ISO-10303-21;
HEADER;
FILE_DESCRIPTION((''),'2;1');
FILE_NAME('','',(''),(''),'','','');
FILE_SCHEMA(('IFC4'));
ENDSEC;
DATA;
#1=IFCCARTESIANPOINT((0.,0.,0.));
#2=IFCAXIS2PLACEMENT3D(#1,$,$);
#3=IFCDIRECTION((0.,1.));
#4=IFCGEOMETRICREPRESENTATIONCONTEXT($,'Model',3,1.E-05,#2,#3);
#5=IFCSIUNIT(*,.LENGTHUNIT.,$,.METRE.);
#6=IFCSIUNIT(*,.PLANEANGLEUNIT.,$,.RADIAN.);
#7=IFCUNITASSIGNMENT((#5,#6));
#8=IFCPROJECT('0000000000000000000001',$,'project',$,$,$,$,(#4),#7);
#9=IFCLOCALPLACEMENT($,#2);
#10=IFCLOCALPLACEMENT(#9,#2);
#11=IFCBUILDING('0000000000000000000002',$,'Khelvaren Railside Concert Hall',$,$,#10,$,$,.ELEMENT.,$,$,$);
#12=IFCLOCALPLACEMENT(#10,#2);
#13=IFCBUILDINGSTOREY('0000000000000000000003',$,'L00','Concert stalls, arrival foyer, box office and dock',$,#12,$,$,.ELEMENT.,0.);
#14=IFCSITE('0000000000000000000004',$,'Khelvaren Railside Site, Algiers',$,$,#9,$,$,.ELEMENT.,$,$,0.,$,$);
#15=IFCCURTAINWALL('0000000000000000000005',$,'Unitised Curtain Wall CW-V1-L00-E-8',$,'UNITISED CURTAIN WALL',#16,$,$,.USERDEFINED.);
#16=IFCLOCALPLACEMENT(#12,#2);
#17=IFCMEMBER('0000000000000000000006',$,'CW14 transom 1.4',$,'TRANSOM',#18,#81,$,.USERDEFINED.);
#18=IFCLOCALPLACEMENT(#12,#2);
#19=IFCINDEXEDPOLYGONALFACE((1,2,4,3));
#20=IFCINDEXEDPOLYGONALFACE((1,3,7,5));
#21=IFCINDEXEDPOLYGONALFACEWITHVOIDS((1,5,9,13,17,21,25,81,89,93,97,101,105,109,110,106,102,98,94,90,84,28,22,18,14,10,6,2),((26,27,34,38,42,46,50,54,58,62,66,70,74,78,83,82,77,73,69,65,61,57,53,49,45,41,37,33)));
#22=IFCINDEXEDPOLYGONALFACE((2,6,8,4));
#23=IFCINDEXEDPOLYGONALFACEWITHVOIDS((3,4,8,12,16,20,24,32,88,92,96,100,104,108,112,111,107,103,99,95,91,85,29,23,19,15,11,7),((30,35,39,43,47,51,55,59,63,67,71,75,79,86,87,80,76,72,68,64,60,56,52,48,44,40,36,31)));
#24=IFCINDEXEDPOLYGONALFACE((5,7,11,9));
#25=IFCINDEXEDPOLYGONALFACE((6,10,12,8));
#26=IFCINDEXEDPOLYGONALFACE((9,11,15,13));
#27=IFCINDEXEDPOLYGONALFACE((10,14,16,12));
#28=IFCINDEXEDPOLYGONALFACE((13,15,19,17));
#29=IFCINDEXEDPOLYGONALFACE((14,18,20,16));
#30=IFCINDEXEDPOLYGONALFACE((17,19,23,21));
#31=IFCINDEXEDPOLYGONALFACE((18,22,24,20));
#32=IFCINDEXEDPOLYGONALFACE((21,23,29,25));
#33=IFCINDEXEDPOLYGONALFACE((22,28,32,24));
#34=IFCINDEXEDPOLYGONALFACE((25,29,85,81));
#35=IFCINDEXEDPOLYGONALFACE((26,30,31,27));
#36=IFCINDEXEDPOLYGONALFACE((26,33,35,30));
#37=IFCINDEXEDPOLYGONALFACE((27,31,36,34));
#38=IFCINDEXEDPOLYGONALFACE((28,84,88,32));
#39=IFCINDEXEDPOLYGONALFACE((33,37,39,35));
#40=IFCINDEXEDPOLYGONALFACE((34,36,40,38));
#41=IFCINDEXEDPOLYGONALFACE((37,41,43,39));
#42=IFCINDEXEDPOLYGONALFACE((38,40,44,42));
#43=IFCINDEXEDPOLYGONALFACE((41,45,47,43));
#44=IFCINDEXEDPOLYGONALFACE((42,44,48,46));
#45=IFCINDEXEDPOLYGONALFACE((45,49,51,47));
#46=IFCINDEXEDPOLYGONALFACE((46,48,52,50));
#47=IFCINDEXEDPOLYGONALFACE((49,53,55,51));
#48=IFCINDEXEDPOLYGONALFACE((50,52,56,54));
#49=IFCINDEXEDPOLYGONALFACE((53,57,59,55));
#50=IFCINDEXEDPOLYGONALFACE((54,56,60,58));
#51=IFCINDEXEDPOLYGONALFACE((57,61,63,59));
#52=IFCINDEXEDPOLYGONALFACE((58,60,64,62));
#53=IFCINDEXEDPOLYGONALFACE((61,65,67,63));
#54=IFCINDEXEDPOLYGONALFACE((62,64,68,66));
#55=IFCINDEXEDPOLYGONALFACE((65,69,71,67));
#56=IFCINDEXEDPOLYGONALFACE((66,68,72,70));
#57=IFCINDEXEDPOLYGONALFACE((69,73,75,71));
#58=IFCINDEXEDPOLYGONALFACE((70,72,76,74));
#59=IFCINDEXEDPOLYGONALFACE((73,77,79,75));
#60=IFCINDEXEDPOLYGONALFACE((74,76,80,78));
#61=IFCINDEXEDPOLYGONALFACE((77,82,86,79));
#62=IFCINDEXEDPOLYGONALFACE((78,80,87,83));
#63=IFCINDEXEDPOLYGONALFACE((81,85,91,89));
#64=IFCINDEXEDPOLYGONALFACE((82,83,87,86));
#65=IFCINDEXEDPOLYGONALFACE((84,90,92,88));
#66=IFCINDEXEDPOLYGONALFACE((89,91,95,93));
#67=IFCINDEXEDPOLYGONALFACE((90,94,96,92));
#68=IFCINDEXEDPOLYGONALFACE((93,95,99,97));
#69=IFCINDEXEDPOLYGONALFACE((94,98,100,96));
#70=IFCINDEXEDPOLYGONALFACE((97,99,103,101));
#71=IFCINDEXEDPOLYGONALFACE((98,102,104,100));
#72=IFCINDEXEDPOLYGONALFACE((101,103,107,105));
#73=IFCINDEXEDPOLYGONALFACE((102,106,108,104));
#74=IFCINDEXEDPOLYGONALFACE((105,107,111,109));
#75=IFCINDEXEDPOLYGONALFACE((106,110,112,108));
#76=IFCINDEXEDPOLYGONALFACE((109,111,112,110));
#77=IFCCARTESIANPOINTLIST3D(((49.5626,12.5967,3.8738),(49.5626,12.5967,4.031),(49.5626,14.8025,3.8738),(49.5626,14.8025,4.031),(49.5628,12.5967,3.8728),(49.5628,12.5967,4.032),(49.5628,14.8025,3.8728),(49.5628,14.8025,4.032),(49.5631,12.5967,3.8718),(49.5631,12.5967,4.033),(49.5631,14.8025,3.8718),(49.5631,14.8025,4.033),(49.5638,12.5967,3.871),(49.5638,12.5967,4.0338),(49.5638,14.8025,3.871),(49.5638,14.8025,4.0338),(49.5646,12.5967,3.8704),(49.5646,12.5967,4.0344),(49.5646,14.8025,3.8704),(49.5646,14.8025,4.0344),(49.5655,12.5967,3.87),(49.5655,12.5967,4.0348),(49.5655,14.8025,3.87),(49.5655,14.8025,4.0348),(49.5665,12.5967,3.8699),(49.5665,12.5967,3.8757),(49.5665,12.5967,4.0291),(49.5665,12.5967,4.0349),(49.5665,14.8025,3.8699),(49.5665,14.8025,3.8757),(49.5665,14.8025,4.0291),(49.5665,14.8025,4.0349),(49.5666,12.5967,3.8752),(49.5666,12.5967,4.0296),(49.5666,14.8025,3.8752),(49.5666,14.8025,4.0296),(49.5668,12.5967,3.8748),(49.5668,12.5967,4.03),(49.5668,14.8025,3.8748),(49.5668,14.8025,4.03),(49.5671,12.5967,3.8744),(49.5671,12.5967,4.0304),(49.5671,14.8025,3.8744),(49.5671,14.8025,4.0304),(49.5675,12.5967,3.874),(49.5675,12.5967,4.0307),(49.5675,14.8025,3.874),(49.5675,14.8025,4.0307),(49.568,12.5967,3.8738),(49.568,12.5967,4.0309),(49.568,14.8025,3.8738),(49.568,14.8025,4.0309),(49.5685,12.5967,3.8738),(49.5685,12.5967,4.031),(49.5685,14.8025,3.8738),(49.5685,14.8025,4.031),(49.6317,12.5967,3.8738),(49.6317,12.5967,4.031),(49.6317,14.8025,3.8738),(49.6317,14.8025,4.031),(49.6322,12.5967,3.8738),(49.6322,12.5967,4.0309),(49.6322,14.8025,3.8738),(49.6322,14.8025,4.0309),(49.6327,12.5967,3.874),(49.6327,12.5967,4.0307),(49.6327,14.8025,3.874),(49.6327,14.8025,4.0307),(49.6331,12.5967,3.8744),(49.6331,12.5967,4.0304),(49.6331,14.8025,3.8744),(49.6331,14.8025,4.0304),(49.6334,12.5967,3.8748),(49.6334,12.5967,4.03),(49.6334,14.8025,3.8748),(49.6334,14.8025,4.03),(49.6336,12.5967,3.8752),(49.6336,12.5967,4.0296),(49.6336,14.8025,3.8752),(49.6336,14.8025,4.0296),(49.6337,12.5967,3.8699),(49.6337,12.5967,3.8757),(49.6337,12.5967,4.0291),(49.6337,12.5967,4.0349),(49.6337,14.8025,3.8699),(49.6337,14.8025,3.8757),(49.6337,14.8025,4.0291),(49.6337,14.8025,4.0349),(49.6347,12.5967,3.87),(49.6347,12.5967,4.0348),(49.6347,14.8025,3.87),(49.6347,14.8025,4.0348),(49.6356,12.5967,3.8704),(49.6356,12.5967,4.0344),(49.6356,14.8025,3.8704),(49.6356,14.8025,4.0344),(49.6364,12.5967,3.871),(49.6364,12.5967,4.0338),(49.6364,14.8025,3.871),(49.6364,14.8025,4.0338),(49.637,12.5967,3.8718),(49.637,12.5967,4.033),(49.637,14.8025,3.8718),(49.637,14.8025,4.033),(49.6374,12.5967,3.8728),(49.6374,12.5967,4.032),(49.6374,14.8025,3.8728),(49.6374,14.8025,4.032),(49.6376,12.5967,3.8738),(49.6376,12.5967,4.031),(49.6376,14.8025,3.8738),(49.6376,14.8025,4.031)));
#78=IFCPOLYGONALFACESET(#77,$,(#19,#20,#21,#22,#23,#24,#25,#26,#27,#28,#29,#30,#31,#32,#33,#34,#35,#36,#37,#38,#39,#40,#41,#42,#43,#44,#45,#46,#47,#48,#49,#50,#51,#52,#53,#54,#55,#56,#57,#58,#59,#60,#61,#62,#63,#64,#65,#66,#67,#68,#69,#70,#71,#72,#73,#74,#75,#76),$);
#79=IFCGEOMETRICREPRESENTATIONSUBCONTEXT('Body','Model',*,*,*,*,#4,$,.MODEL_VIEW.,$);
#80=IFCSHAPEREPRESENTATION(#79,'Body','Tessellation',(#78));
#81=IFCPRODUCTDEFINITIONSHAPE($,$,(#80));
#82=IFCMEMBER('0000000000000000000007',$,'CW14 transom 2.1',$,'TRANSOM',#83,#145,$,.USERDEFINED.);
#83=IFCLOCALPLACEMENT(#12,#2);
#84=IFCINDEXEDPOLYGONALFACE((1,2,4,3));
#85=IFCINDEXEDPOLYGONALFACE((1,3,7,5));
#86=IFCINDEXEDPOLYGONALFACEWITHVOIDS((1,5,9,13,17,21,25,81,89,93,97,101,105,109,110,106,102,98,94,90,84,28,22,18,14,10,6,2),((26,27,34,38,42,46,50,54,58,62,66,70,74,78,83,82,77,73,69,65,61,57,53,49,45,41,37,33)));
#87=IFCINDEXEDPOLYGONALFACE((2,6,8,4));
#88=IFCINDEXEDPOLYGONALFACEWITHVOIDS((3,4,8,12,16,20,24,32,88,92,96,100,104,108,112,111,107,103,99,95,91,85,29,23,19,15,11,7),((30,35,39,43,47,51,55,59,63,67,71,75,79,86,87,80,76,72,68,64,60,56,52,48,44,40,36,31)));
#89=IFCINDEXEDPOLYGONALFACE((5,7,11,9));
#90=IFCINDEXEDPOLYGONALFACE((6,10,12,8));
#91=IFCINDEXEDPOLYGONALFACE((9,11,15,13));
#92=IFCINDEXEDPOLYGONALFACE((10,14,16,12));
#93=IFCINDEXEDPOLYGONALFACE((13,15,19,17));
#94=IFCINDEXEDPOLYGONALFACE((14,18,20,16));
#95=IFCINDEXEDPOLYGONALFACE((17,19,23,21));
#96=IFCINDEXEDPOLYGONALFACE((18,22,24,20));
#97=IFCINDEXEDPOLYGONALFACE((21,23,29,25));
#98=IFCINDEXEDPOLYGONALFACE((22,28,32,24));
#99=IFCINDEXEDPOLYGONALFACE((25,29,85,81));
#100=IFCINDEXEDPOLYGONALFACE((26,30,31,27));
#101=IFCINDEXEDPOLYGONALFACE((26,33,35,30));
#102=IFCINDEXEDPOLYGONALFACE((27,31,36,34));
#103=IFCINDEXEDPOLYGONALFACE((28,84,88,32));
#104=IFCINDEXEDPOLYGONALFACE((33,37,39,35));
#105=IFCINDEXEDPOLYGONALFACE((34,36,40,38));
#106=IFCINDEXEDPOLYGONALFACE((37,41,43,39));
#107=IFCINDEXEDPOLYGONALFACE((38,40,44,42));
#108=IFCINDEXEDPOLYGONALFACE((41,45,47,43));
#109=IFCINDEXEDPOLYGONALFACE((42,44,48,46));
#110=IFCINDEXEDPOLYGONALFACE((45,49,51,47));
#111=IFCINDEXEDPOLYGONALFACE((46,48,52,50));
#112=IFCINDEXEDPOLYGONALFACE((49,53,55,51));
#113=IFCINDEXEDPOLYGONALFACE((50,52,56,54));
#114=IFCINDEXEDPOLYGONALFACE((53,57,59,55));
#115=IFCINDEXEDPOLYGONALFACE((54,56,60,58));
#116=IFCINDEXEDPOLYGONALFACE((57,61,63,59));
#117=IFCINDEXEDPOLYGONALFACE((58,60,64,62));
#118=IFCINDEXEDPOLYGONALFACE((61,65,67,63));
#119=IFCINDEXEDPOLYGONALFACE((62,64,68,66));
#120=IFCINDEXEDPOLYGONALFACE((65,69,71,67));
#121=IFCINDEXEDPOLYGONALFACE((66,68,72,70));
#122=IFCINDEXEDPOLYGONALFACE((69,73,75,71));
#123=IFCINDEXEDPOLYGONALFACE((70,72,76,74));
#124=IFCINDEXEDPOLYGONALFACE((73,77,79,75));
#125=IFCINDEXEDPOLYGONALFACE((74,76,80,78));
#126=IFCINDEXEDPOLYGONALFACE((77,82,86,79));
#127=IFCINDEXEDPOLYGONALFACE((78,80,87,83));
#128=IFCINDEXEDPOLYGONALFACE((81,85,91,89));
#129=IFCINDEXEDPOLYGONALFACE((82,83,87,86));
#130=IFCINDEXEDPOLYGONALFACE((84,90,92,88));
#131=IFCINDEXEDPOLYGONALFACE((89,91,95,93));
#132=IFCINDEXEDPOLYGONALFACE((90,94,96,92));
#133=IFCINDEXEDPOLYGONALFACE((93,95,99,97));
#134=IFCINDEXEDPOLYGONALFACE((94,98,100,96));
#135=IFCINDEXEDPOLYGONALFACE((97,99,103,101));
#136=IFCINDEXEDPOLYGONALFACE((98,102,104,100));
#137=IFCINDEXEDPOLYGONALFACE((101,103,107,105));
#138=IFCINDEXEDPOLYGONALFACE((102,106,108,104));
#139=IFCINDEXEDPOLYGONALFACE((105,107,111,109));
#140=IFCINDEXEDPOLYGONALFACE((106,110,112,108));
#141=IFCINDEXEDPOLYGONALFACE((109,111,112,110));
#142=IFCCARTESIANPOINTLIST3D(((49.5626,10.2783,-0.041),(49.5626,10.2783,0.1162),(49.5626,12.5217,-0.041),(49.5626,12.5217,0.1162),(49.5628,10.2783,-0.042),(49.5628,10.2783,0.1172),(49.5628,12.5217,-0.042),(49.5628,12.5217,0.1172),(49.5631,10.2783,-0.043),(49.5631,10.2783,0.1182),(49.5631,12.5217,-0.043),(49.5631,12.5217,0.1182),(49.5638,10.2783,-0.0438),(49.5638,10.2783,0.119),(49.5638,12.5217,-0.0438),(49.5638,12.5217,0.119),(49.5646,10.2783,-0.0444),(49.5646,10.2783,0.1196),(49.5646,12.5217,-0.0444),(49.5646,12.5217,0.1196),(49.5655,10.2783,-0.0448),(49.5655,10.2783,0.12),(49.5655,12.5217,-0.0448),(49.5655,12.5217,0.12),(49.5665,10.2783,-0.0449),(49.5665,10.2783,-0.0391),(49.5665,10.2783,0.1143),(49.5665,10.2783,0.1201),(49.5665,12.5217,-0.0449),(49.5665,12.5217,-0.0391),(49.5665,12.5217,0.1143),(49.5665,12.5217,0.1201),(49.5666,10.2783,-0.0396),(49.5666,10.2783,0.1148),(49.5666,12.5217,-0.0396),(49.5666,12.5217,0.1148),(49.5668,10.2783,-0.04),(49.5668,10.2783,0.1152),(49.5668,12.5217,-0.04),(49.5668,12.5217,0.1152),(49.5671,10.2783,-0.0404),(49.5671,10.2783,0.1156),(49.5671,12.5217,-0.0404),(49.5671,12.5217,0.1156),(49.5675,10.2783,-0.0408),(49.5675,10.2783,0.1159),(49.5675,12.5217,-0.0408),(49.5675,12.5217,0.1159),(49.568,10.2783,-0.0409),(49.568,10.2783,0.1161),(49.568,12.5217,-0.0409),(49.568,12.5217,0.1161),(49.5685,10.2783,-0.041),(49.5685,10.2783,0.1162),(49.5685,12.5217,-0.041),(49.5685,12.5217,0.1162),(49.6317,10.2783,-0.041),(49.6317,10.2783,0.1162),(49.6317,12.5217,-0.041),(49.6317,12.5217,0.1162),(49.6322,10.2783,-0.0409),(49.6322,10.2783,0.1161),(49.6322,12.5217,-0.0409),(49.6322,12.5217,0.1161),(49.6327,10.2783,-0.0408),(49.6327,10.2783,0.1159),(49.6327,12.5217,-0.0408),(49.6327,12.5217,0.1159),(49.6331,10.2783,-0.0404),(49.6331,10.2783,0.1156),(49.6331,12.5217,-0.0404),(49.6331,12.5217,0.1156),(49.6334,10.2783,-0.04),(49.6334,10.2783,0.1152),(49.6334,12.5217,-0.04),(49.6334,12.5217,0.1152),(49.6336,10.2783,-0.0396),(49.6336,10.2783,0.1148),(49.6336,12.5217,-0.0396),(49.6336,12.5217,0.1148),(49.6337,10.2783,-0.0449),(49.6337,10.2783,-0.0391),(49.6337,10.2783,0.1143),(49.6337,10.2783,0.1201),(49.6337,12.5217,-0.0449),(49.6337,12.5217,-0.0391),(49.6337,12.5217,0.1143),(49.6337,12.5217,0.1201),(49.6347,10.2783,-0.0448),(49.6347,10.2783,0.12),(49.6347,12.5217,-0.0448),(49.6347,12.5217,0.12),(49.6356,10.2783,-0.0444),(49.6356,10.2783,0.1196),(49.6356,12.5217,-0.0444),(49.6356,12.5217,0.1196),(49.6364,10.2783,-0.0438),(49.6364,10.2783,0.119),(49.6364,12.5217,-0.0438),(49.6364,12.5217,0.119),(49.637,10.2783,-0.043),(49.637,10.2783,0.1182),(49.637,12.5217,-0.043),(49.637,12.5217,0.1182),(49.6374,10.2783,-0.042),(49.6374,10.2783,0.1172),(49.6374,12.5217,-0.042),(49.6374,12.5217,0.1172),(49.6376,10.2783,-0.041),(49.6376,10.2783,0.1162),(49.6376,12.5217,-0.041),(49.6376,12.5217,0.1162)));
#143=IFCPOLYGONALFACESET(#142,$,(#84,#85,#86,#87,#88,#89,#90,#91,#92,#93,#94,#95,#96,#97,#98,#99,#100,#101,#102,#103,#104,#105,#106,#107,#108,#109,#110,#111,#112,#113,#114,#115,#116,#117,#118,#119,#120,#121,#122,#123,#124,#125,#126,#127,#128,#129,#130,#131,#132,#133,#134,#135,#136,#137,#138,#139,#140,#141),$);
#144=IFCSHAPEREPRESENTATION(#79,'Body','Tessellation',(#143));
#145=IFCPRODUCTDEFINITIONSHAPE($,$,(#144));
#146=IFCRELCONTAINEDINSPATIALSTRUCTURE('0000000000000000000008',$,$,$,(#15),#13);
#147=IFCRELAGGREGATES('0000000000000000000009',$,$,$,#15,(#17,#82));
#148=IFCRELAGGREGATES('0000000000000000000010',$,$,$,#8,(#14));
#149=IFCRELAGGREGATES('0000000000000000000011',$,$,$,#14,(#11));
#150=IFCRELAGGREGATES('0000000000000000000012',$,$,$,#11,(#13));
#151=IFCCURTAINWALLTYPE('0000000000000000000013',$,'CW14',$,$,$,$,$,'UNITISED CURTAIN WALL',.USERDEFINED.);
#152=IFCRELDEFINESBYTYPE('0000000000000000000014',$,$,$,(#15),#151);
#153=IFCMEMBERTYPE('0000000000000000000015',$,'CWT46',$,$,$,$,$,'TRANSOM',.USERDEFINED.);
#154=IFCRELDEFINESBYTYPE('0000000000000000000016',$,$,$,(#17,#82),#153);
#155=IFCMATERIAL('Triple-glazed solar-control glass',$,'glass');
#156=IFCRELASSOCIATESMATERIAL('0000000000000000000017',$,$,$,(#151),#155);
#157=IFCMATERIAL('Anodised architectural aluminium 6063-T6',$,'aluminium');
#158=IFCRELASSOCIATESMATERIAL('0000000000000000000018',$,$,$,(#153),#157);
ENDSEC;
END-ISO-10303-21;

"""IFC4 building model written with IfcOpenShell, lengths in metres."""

from ifc_helpers import new_model, si_unit, direction, frame, origin, origin_2d, place, context, subcontext, project, spatial, hollow_rectangle, extrude, material, material_profile, profile_set, type_object, element, aggregate, save


model = new_model("IFC4")

# Units and contexts
model_context = context("Model", 3, precision=1e-05, world=origin(), true_north=direction((0.0, 1.0)))
body_context = subcontext(model_context, "Body", "Model", "MODEL_VIEW")
ifc_project = project(units=[si_unit("LENGTHUNIT", "METRE"), si_unit("PLANEANGLEUNIT", "RADIAN")], contexts=[model_context])

# Site, building, storey
site_placement = place(None, origin())
site = spatial("IfcSite", under=ifc_project, at=site_placement, Name="Khelvaren Railside Site, Algiers", CompositionType="ELEMENT", RefElevation=0.0)
building_placement = place(site_placement, origin())
building = spatial("IfcBuilding", under=site, at=building_placement, Name="Khelvaren Railside Concert Hall", CompositionType="ELEMENT")
storey_placement = place(building_placement, origin())
storey = spatial("IfcBuildingStorey", under=building, at=storey_placement, Name="L00", Description="Concert stalls, arrival foyer, box office and dock", CompositionType="ELEMENT", Elevation=0.0)

# Curtain wall
ifc_material_1 = material(Name="Triple-glazed solar-control glass", Category="glass")
curtain_wall_type_1 = type_object("IfcCurtainWallType", Name="CW14", ElementType="UNITISED CURTAIN WALL", PredefinedType="USERDEFINED", material=ifc_material_1)
curtain_wall_1_placement = place(storey_placement, origin())
curtain_wall_1 = element("IfcCurtainWall", 1, at=curtain_wall_1_placement, inside=storey, type_object=curtain_wall_type_1, Name="Unitised Curtain Wall CW-V1-L00-E-8", ObjectType="UNITISED CURTAIN WALL", PredefinedType="USERDEFINED")
ifc_material_2 = material(Name="Anodised architectural aluminium 6063-T6", Category="aluminium")

# Members
ifc_material_profile_1 = material_profile(ifc_material_2, hollow_rectangle(XDim=0.075, YDim=0.165, WallThickness=0.0039, InnerFilletRadius=0.002, OuterFilletRadius=0.0039, at=origin_2d()), Name="CWT 75x165x4")
ifc_profile_set_1 = profile_set([ifc_material_profile_1], Name="Anodised architectural aluminium 6063-T6")
member_type_1 = type_object("IfcMemberType", Name="CWT46", ElementType="TRANSOM", PredefinedType="USERDEFINED", material=ifc_profile_set_1)
member_1_placement = place(storey_placement, frame((49.6001, 14.8025, 3.9524), z_axis=(0.0, -1.0, 0.0), x_axis=(1.0, 0.0, 0.0)))
member_1 = element("IfcMember", 2, at=member_1_placement, type_object=member_type_1, Name="CW14 transom 1.4", ObjectType="TRANSOM", PredefinedType="USERDEFINED", context=body_context, shape_type="SweptSolid", body=[
    extrude(hollow_rectangle(XDim=0.075, YDim=0.165, WallThickness=0.0039, InnerFilletRadius=0.002, OuterFilletRadius=0.0039, at=origin_2d()), origin(), (0.0, 0.0, 1.0), 2.2058),
])
member_2_placement = place(storey_placement, frame((49.6001, 12.5217, 0.0376), z_axis=(0.0, -1.0, 0.0), x_axis=(1.0, 0.0, 0.0)))
member_2 = element("IfcMember", 3, at=member_2_placement, type_object=member_type_1, Name="CW14 transom 2.1", ObjectType="TRANSOM", PredefinedType="USERDEFINED", context=body_context, shape_type="SweptSolid", body=[
    extrude(hollow_rectangle(XDim=0.075, YDim=0.165, WallThickness=0.0039, InnerFilletRadius=0.002, OuterFilletRadius=0.0039, at=origin_2d()), origin(), (0.0, 0.0, 1.0), 2.2434),
])

aggregate(curtain_wall_1, [member_1, member_2])

save(model, "model.ifc")
